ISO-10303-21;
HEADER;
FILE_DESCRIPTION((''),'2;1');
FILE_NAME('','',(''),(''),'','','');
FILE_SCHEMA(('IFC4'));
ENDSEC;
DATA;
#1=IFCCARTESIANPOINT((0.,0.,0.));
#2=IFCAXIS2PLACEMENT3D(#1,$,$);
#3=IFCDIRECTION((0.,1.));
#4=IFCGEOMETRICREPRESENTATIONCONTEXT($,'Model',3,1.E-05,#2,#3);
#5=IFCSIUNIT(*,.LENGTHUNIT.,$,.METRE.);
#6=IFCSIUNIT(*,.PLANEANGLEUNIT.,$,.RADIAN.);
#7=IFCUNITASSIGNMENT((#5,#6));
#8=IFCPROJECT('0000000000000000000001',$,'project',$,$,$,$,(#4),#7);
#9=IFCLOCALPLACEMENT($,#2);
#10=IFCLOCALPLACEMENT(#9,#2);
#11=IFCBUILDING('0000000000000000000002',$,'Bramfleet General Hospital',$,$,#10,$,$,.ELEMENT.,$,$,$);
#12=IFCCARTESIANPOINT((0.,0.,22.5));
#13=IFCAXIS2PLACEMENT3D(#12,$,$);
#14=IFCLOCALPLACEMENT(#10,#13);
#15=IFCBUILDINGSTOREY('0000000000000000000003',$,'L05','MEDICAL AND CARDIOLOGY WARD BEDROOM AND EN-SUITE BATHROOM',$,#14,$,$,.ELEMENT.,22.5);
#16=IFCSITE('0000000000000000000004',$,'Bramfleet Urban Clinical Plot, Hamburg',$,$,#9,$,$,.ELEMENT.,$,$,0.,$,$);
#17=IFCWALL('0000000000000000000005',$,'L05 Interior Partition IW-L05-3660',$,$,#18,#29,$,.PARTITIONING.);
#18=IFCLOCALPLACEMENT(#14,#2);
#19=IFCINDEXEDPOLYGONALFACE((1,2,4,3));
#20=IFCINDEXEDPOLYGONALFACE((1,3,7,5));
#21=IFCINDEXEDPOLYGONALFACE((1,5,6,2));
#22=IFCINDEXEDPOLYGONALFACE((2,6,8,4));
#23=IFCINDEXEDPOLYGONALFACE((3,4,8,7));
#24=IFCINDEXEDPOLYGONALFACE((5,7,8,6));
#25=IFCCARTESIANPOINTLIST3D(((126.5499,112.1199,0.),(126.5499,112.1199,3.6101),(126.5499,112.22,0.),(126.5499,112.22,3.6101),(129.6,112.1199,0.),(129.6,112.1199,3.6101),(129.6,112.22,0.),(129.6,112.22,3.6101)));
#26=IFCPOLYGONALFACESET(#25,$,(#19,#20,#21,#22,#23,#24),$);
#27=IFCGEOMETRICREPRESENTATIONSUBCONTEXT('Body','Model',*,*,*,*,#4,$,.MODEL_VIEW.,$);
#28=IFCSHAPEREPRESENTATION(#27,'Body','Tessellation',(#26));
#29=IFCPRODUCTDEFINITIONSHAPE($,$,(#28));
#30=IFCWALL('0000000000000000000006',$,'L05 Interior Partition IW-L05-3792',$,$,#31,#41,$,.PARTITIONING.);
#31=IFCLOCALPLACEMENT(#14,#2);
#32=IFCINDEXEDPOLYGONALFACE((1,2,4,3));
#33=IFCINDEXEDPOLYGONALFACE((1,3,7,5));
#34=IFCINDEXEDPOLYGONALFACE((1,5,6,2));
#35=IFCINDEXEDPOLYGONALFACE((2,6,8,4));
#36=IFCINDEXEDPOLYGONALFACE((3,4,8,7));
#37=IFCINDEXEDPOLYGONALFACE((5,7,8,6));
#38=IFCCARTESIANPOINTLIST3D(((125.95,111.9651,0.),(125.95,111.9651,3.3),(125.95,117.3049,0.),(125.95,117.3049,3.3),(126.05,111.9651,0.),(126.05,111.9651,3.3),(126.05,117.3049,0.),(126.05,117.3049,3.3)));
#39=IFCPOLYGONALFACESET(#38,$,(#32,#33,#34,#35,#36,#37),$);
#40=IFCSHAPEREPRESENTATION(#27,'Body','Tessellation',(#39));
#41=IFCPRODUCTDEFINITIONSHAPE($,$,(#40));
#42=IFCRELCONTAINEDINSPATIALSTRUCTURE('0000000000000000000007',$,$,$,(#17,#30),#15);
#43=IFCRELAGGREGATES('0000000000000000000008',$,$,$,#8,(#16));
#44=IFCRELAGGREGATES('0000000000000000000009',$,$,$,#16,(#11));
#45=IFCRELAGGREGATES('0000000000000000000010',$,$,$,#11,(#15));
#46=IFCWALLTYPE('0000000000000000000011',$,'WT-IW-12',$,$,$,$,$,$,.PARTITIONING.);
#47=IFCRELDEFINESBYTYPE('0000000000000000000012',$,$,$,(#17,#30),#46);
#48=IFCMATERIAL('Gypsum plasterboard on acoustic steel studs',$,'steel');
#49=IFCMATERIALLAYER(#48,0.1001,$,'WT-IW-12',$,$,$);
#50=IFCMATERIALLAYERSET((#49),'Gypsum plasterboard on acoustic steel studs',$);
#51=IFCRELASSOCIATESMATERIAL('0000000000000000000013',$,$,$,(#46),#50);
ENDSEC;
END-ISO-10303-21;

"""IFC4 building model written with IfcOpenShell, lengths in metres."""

from ifc_helpers import new_model, si_unit, direction, frame, frame_2d, origin, place, context, subcontext, project, spatial, rectangle, extrude, material, layer, layer_set, type_object, element, save


model = new_model("IFC4")

# Units and contexts
model_context = context("Model", 3, precision=1e-05, world=origin(), true_north=direction((0.0, 1.0)))
body_context = subcontext(model_context, "Body", "Model", "MODEL_VIEW")
ifc_project = project(units=[si_unit("LENGTHUNIT", "METRE"), si_unit("PLANEANGLEUNIT", "RADIAN")], contexts=[model_context])

# Site, building, storey
site_placement = place(None, origin())
site = spatial("IfcSite", under=ifc_project, at=site_placement, Name="Bramfleet Urban Clinical Plot, Hamburg", CompositionType="ELEMENT", RefElevation=0.0)
building_placement = place(site_placement, origin())
building = spatial("IfcBuilding", under=site, at=building_placement, Name="Bramfleet General Hospital", CompositionType="ELEMENT")
storey_placement = place(building_placement, frame((0.0, 0.0, 22.5)))
storey = spatial("IfcBuildingStorey", under=building, at=storey_placement, Name="L05", Description="MEDICAL AND CARDIOLOGY WARD BEDROOM AND EN-SUITE BATHROOM", CompositionType="ELEMENT", Elevation=22.5)

# Shared definitions
ifc_material_1 = material(Name="Gypsum plasterboard on acoustic steel studs", Category="steel")

# Walls
ifc_layer_1 = layer(ifc_material_1, 0.1001, Name="WT-IW-12")
ifc_layer_set_1 = layer_set([ifc_layer_1], Name="Gypsum plasterboard on acoustic steel studs")
wall_type_1 = type_object("IfcWallType", Name="WT-IW-12", PredefinedType="PARTITIONING", material=ifc_layer_set_1)
wall_1_placement = place(storey_placement, frame((126.55, 112.1699, 0.0), z_axis=(0.0, 0.0, 1.0), x_axis=(1.0, 0.0, 0.0)))
element("IfcWall", 1, at=wall_1_placement, inside=storey, type_object=wall_type_1, Name="L05 Interior Partition IW-L05-3660", PredefinedType="PARTITIONING", context=body_context, shape_type="SweptSolid", body=[
    extrude(rectangle(XDim=3.05, YDim=0.1001, at=frame_2d((1.5249, 0.0))), origin(), (0.0, 0.0, 1.0), 3.6101),
])
wall_2_placement = place(storey_placement, frame((126.0, 111.9651, 0.0), z_axis=(0.0, 0.0, 1.0), x_axis=(0.0, 1.0, 0.0)))
element("IfcWall", 2, at=wall_2_placement, inside=storey, type_object=wall_type_1, Name="L05 Interior Partition IW-L05-3792", PredefinedType="PARTITIONING", context=body_context, shape_type="SweptSolid", body=[
    extrude(rectangle(XDim=5.3398, YDim=0.1001, at=frame_2d((2.6699, 0.0))), origin(), (0.0, 0.0, 1.0), 3.3),
])

save(model, "model.ifc")
